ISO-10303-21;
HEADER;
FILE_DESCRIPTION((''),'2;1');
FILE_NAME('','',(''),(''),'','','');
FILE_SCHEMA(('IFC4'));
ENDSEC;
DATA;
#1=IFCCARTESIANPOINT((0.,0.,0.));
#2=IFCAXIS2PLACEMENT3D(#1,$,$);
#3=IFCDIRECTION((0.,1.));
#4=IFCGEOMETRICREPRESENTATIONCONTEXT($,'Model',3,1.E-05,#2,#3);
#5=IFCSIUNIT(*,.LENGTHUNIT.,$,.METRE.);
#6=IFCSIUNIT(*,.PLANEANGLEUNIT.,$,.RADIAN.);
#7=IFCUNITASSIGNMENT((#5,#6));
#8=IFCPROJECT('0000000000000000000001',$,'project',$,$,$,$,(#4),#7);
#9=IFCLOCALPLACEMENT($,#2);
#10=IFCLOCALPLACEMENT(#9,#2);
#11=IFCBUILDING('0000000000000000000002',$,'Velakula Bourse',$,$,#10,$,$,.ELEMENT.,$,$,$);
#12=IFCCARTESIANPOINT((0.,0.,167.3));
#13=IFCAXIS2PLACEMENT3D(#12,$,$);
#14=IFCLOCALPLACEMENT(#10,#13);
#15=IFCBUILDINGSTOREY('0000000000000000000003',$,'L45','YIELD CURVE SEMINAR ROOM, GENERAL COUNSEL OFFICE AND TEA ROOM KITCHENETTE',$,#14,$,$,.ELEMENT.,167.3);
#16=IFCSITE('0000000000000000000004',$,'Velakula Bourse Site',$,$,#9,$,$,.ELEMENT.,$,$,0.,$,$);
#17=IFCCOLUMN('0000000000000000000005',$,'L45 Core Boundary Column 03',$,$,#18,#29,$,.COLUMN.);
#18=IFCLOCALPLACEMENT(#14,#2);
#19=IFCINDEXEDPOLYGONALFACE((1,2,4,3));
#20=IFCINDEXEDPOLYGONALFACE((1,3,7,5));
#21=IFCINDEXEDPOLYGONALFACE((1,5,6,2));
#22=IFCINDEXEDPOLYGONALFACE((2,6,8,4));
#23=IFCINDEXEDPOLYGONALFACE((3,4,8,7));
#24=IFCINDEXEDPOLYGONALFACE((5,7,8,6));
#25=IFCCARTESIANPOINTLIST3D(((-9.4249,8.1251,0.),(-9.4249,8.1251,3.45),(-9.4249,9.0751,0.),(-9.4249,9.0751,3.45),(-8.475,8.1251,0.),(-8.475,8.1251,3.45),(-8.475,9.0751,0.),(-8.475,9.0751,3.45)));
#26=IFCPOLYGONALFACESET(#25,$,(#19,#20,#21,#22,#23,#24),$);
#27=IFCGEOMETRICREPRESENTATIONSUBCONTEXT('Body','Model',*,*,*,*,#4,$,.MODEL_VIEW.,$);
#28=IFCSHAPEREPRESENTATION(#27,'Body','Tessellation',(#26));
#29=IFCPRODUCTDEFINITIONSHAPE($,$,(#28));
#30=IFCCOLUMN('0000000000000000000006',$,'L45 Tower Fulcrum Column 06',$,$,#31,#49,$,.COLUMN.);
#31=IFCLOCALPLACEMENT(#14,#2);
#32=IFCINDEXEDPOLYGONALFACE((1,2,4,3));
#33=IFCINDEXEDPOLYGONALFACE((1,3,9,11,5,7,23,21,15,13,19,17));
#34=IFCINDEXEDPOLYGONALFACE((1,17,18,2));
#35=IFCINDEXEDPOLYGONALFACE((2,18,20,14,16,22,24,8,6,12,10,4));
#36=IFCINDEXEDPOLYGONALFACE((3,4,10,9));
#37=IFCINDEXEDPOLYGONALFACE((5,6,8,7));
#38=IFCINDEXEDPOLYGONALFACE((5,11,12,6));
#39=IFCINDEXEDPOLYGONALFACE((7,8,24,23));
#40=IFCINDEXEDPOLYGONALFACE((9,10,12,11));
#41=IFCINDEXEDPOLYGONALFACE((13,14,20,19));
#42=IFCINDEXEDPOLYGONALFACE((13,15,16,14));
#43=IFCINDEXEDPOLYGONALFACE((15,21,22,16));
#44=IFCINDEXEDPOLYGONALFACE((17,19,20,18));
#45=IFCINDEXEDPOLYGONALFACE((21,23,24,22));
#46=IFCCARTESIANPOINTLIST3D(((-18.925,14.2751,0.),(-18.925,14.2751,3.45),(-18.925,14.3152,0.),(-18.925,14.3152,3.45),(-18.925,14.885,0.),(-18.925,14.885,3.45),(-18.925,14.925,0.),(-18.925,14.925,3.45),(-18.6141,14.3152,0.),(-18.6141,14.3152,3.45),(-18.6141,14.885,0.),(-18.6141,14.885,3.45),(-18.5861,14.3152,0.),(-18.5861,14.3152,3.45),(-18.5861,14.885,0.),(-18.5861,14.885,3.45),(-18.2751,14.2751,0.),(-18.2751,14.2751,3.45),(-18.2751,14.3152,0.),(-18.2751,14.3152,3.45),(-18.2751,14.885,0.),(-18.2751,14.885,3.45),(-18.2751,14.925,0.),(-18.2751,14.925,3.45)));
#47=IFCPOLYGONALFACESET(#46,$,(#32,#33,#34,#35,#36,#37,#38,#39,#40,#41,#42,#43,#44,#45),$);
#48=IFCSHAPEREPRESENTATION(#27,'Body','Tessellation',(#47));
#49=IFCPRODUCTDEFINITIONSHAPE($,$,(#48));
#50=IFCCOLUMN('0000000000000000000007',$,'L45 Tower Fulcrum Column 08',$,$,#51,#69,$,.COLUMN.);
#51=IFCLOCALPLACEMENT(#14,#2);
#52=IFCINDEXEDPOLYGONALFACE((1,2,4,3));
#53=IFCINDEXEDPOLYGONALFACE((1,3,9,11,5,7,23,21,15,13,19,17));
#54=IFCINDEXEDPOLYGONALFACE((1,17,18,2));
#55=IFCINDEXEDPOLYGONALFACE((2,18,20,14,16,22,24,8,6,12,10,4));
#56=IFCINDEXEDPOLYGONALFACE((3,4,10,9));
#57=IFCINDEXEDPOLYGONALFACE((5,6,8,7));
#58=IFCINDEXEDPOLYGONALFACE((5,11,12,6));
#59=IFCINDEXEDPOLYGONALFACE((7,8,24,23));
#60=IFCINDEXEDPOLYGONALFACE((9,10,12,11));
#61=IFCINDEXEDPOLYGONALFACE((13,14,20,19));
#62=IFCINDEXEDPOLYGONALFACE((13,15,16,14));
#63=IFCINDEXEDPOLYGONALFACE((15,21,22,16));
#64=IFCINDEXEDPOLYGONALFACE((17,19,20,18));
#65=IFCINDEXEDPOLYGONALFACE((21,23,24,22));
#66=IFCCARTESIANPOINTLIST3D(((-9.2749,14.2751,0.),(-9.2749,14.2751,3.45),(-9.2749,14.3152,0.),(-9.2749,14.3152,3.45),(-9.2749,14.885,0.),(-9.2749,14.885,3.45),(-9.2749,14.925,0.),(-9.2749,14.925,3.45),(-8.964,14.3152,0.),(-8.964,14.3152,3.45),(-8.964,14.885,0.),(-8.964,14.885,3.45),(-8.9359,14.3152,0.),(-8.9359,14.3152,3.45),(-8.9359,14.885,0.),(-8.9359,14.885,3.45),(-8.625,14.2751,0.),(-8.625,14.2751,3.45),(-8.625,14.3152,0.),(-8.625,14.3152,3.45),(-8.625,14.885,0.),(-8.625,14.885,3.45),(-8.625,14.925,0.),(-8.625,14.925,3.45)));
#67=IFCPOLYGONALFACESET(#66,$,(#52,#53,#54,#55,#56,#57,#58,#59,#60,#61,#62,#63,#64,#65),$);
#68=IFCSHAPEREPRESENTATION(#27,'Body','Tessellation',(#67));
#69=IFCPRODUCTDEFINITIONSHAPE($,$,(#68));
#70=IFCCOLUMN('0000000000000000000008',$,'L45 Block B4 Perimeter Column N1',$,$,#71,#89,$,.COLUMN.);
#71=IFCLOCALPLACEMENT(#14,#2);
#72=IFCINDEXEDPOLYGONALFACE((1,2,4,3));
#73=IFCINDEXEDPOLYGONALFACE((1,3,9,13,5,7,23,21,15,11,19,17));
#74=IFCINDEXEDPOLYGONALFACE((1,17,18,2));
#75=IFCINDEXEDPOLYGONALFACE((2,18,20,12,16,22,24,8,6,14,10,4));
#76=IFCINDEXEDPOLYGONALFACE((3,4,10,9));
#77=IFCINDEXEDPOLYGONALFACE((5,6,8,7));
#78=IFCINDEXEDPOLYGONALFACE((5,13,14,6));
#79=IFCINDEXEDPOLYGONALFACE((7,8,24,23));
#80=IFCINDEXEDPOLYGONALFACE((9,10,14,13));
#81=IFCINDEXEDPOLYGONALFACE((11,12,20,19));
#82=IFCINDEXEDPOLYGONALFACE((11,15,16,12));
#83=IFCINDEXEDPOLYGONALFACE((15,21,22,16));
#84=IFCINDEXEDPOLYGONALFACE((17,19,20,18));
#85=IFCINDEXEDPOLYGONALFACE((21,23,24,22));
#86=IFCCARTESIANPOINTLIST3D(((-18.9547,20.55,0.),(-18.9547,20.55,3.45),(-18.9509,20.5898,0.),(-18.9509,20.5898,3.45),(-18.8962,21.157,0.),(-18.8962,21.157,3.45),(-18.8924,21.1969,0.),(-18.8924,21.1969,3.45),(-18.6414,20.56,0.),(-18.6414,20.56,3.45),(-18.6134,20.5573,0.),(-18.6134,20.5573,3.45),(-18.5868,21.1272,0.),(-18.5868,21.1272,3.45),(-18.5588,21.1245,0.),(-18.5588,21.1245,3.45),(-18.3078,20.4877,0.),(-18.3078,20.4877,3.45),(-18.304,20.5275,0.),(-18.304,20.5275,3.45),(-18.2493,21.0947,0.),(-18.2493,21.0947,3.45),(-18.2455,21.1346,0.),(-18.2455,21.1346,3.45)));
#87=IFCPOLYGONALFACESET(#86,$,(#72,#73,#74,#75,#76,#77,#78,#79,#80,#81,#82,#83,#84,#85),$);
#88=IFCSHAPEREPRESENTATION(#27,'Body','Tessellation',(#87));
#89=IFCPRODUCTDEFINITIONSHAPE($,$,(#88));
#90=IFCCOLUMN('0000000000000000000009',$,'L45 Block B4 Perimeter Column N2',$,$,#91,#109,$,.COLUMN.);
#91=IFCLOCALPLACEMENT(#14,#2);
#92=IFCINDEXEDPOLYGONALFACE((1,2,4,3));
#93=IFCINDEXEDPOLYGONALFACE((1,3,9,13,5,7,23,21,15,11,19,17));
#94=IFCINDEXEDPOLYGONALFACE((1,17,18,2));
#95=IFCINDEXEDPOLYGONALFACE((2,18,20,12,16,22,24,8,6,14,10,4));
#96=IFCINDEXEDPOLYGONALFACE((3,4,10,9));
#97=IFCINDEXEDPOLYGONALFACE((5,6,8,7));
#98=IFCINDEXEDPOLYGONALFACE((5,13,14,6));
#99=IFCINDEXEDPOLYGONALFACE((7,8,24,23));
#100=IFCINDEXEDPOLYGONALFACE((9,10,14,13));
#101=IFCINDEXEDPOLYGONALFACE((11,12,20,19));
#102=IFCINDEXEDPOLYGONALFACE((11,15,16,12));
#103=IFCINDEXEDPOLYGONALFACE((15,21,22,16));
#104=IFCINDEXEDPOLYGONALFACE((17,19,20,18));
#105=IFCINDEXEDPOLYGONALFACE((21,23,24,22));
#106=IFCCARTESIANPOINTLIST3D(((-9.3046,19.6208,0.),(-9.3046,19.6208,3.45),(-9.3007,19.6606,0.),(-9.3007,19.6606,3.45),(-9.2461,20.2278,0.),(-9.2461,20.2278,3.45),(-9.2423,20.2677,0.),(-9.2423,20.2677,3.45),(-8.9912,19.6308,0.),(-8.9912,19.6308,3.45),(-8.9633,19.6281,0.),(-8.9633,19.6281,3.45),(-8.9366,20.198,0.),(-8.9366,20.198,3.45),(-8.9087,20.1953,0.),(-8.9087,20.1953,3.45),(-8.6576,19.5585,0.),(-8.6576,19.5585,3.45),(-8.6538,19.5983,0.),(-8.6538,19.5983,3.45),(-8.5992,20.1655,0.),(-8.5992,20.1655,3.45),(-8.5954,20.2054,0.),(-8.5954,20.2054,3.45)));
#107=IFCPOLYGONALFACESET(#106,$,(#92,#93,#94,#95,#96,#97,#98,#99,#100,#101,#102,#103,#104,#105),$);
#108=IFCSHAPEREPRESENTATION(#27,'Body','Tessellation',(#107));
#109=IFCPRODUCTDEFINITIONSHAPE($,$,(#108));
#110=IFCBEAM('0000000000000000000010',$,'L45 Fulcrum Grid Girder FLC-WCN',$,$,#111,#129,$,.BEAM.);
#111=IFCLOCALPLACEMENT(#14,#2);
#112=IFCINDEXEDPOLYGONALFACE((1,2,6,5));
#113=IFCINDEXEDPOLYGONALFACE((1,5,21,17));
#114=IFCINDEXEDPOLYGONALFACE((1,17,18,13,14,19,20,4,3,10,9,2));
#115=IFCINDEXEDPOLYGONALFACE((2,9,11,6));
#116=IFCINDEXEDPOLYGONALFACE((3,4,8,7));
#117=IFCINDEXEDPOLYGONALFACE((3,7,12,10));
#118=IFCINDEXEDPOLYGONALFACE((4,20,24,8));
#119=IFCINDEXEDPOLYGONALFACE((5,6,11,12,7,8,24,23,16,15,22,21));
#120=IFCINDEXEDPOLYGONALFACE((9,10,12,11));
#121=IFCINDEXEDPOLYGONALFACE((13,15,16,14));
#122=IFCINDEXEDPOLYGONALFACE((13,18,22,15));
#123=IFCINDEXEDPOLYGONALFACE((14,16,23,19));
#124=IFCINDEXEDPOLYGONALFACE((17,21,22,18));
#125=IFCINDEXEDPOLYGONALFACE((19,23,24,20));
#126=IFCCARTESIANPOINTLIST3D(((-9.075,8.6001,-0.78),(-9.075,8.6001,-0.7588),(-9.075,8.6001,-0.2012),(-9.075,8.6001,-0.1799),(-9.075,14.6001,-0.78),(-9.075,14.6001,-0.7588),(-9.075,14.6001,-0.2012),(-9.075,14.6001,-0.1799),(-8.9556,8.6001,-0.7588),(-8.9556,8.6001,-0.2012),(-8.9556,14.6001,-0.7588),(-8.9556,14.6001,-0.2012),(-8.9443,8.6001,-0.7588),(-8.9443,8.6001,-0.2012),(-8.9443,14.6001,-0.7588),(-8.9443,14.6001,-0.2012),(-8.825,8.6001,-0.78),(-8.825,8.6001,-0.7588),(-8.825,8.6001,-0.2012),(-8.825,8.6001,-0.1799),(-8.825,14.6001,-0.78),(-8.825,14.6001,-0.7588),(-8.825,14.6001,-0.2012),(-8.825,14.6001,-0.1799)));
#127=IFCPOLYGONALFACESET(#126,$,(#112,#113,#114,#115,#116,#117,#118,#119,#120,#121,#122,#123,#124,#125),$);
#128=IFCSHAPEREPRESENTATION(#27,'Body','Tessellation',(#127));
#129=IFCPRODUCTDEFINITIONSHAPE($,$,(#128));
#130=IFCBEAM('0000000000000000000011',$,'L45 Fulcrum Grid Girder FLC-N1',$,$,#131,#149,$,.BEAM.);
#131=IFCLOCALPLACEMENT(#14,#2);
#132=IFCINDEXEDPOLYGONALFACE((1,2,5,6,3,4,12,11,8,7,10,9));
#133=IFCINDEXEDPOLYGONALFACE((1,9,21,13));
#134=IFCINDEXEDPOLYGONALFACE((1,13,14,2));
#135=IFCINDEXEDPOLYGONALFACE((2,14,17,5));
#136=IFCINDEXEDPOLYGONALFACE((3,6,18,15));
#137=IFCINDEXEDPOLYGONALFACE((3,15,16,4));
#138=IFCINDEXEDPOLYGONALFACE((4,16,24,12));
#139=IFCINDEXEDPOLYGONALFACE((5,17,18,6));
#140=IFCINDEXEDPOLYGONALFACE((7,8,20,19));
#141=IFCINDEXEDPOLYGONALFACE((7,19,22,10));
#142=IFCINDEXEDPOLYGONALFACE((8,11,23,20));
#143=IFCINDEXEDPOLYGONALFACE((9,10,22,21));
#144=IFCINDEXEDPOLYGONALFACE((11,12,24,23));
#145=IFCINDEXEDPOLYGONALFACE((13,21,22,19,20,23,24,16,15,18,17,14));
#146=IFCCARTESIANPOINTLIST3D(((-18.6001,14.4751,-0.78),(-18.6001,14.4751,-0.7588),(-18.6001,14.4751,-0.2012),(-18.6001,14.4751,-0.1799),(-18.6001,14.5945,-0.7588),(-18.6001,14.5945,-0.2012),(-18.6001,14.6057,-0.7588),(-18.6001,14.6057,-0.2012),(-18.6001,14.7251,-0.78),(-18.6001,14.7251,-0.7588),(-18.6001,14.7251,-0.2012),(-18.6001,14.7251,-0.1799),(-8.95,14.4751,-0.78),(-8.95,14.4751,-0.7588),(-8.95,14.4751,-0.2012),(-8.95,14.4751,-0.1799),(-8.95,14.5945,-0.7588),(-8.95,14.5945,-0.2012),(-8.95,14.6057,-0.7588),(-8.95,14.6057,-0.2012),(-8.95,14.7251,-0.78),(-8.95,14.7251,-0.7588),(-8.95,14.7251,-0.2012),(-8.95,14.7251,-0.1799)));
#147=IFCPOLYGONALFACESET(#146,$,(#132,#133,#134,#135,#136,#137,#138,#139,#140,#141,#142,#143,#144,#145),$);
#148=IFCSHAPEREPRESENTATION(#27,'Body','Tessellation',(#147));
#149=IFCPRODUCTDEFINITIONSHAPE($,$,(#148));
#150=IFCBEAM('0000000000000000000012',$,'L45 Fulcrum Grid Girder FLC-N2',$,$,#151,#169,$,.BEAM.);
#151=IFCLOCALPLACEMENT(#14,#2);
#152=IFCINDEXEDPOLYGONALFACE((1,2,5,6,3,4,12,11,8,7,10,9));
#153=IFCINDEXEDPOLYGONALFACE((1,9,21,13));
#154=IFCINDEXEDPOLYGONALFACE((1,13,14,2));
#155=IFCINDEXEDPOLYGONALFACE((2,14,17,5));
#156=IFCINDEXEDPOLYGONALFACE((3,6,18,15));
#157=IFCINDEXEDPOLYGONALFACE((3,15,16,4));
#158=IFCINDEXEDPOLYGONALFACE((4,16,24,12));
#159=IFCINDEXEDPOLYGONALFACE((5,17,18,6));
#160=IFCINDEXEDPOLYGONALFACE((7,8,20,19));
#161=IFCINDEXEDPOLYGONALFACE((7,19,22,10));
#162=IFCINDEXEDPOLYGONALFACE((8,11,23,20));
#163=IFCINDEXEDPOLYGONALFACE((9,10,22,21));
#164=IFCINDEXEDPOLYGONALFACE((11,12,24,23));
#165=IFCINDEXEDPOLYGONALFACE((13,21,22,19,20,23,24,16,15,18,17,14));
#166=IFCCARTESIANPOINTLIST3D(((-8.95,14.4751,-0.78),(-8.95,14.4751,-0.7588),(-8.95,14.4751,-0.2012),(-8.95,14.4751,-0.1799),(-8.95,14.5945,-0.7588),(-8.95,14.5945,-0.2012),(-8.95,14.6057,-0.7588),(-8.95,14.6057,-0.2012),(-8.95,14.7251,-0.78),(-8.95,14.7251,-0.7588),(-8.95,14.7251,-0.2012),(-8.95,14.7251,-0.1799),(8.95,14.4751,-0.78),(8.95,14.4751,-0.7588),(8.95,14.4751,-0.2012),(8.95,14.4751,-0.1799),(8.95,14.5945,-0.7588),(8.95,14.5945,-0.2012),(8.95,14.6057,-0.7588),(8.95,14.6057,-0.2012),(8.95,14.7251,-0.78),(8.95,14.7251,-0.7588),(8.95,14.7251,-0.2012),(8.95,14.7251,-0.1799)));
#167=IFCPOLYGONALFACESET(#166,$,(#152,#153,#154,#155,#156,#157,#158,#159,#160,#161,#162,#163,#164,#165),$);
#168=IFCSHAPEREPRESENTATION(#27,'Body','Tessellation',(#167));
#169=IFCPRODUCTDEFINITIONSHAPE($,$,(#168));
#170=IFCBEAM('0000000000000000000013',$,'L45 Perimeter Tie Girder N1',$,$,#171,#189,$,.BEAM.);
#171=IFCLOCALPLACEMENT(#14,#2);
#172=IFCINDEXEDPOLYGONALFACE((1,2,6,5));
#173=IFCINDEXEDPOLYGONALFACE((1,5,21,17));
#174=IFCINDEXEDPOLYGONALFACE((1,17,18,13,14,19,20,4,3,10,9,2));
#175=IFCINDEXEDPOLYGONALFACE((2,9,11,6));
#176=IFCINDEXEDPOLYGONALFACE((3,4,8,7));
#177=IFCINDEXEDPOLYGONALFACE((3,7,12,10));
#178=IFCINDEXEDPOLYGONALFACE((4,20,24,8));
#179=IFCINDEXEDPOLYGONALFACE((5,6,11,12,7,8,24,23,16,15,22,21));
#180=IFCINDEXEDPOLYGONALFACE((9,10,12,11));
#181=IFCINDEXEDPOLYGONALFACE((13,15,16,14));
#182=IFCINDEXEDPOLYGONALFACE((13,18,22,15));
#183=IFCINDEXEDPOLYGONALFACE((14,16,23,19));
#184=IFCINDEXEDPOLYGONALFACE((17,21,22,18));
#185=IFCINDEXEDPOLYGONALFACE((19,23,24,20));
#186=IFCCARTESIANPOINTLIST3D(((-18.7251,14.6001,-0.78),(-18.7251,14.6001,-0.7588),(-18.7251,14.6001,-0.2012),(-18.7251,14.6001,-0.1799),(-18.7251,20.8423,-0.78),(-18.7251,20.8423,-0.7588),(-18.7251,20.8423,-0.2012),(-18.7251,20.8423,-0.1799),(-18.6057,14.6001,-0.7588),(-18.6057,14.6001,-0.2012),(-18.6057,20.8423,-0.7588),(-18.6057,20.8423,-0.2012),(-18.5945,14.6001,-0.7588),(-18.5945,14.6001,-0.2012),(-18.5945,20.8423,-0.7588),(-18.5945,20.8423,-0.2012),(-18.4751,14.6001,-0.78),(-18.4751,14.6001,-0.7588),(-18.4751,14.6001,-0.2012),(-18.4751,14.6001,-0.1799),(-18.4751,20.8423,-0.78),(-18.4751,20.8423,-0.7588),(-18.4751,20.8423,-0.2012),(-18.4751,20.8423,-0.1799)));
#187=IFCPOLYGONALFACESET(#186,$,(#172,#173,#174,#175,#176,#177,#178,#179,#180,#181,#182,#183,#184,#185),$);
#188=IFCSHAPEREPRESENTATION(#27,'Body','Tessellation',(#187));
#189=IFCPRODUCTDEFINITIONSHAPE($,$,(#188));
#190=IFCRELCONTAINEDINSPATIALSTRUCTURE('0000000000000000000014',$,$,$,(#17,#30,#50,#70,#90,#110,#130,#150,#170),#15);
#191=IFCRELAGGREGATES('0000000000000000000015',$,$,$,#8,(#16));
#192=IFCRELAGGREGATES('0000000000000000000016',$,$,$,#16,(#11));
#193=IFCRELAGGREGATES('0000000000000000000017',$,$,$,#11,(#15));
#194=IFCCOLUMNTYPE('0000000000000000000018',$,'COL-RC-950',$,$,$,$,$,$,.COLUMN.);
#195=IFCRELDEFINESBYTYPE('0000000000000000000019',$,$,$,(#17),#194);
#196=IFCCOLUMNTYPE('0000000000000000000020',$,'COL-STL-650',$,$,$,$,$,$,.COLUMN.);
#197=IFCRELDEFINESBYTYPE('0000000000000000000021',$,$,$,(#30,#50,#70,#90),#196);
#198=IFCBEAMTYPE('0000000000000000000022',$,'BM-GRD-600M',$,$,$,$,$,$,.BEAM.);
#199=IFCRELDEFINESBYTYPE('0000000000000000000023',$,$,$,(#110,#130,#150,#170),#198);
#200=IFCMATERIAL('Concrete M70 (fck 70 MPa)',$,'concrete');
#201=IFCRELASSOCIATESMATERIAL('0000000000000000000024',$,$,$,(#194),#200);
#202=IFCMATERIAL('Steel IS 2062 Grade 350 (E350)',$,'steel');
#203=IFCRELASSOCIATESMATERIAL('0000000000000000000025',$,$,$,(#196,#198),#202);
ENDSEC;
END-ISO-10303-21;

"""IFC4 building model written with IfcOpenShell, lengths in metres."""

from ifc_helpers import new_model, si_unit, direction, frame, origin, origin_2d, place, context, subcontext, project, spatial, rectangle, i_section, extrude, material, material_profile, profile_set, type_object, element, save


model = new_model("IFC4")

# Units and contexts
model_context = context("Model", 3, precision=1e-05, world=origin(), true_north=direction((0.0, 1.0)))
body_context = subcontext(model_context, "Body", "Model", "MODEL_VIEW")
ifc_project = project(units=[si_unit("LENGTHUNIT", "METRE"), si_unit("PLANEANGLEUNIT", "RADIAN")], contexts=[model_context])

# Site, building, storey
site_placement = place(None, origin())
site = spatial("IfcSite", under=ifc_project, at=site_placement, Name="Velakula Bourse Site", CompositionType="ELEMENT", RefElevation=0.0)
building_placement = place(site_placement, origin())
building = spatial("IfcBuilding", under=site, at=building_placement, Name="Velakula Bourse", CompositionType="ELEMENT")
storey_placement = place(building_placement, frame((0.0, 0.0, 167.3)))
storey = spatial("IfcBuildingStorey", under=building, at=storey_placement, Name="L45", Description="YIELD CURVE SEMINAR ROOM, GENERAL COUNSEL OFFICE AND TEA ROOM KITCHENETTE", CompositionType="ELEMENT", Elevation=167.3)

# Columns
ifc_material_1 = material(Name="Concrete M70 (fck 70 MPa)", Category="concrete")
ifc_material_profile_1 = material_profile(ifc_material_1, rectangle(XDim=0.95, YDim=0.95, at=origin_2d()), Name="Concrete M70 (fck 70 MPa)")
ifc_profile_set_1 = profile_set([ifc_material_profile_1], Name="Concrete M70 (fck 70 MPa)")
column_type_1 = type_object("IfcColumnType", Name="COL-RC-950", PredefinedType="COLUMN", material=ifc_profile_set_1)
column_placement = place(storey_placement, frame((-8.95, 8.6001, 0.0), z_axis=(0.0, 0.0, 1.0), x_axis=(1.0, 0.0, 0.0)))
element("IfcColumn", 1, at=column_placement, inside=storey, type_object=column_type_1, Name="L45 Core Boundary Column 03", PredefinedType="COLUMN", context=body_context, shape_type="SweptSolid", body=[
    extrude(rectangle(XDim=0.95, YDim=0.95, at=origin_2d()), origin(), (0.0, 0.0, 1.0), 3.45),
])
ifc_material_2 = material(Name="Steel IS 2062 Grade 350 (E350)", Category="steel")
ifc_material_profile_2 = material_profile(ifc_material_2, i_section(OverallWidth=0.6499, OverallDepth=0.6499, WebThickness=0.0281, FlangeThickness=0.04, at=origin_2d()), Name="Steel IS 2062 Grade 350 (E350)")
ifc_profile_set_2 = profile_set([ifc_material_profile_2], Name="Steel IS 2062 Grade 350 (E350)")
column_type_2 = type_object("IfcColumnType", Name="COL-STL-650", PredefinedType="COLUMN", material=ifc_profile_set_2)
for number, where, z_axis, x_axis, name in (
    (2, (-18.6001, 14.6001, 0.0), (0.0, 0.0, 1.0), (1.0, 0.0, 0.0), "L45 Tower Fulcrum Column 06"),
    (3, (-8.95, 14.6001, 0.0), (0.0, 0.0, 1.0), (1.0, 0.0, 0.0), "L45 Tower Fulcrum Column 08"),
    (4, (-18.6001, 20.8423, 0.0), (0.0, 0.0, 1.0), (0.995396, -0.095846, 0.0), "L45 Block B4 Perimeter Column N1"),
    (5, (-8.95, 19.9131, 0.0), (0.0, 0.0, 1.0), (0.995396, -0.095846, 0.0), "L45 Block B4 Perimeter Column N2"),
):
    element("IfcColumn", number, at=place(storey_placement, frame(where, z_axis=z_axis, x_axis=x_axis)), inside=storey, type_object=column_type_2, Name=name, PredefinedType="COLUMN", context=body_context, shape_type="SweptSolid", body=[
        extrude(i_section(OverallWidth=0.6499, OverallDepth=0.6499, WebThickness=0.0281, FlangeThickness=0.04, at=origin_2d()), origin(), (0.0, 0.0, 1.0), 3.45),
    ])

# Beams
ifc_material_profile_3 = material_profile(ifc_material_2, i_section(OverallWidth=0.25, OverallDepth=0.6001, WebThickness=0.0112, FlangeThickness=0.0212, at=origin_2d()), Name="Steel IS 2062 Grade 350 (E350)")
ifc_profile_set_3 = profile_set([ifc_material_profile_3], Name="Steel IS 2062 Grade 350 (E350)")
beam_type_1 = type_object("IfcBeamType", Name="BM-GRD-600M", PredefinedType="BEAM", material=ifc_profile_set_3)
beam_1_placement = place(storey_placement, frame((-8.95, 8.6001, -0.48), z_axis=(0.0, 1.0, 0.0), x_axis=(-1.0, 0.0, 0.0)))
element("IfcBeam", 6, at=beam_1_placement, inside=storey, type_object=beam_type_1, Name="L45 Fulcrum Grid Girder FLC-WCN", PredefinedType="BEAM", context=body_context, shape_type="SweptSolid", body=[
    extrude(i_section(OverallWidth=0.25, OverallDepth=0.6001, WebThickness=0.0112, FlangeThickness=0.0212, at=origin_2d()), origin(), (0.0, 0.0, 1.0), 6.0),
])
beam_2_placement = place(storey_placement, frame((-18.6001, 14.6001, -0.48), z_axis=(1.0, 0.0, 0.0), x_axis=(0.0, 1.0, 0.0)))
element("IfcBeam", 7, at=beam_2_placement, inside=storey, type_object=beam_type_1, Name="L45 Fulcrum Grid Girder FLC-N1", PredefinedType="BEAM", context=body_context, shape_type="SweptSolid", body=[
    extrude(i_section(OverallWidth=0.25, OverallDepth=0.6001, WebThickness=0.0112, FlangeThickness=0.0212, at=origin_2d()), origin(), (0.0, 0.0, 1.0), 9.6501),
])
beam_3_placement = place(storey_placement, frame((-8.95, 14.6001, -0.48), z_axis=(1.0, 0.0, 0.0), x_axis=(0.0, 1.0, 0.0)))
element("IfcBeam", 8, at=beam_3_placement, inside=storey, type_object=beam_type_1, Name="L45 Fulcrum Grid Girder FLC-N2", PredefinedType="BEAM", context=body_context, shape_type="SweptSolid", body=[
    extrude(i_section(OverallWidth=0.25, OverallDepth=0.6001, WebThickness=0.0112, FlangeThickness=0.0212, at=origin_2d()), origin(), (0.0, 0.0, 1.0), 17.8999),
])
beam_4_placement = place(storey_placement, frame((-18.6001, 14.6001, -0.48), z_axis=(0.0, 1.0, 0.0), x_axis=(-1.0, 0.0, 0.0)))
element("IfcBeam", 9, at=beam_4_placement, inside=storey, type_object=beam_type_1, Name="L45 Perimeter Tie Girder N1", PredefinedType="BEAM", context=body_context, shape_type="SweptSolid", body=[
    extrude(i_section(OverallWidth=0.25, OverallDepth=0.6001, WebThickness=0.0112, FlangeThickness=0.0212, at=origin_2d()), origin(), (0.0, 0.0, 1.0), 6.2422),
])

save(model, "model.ifc")
